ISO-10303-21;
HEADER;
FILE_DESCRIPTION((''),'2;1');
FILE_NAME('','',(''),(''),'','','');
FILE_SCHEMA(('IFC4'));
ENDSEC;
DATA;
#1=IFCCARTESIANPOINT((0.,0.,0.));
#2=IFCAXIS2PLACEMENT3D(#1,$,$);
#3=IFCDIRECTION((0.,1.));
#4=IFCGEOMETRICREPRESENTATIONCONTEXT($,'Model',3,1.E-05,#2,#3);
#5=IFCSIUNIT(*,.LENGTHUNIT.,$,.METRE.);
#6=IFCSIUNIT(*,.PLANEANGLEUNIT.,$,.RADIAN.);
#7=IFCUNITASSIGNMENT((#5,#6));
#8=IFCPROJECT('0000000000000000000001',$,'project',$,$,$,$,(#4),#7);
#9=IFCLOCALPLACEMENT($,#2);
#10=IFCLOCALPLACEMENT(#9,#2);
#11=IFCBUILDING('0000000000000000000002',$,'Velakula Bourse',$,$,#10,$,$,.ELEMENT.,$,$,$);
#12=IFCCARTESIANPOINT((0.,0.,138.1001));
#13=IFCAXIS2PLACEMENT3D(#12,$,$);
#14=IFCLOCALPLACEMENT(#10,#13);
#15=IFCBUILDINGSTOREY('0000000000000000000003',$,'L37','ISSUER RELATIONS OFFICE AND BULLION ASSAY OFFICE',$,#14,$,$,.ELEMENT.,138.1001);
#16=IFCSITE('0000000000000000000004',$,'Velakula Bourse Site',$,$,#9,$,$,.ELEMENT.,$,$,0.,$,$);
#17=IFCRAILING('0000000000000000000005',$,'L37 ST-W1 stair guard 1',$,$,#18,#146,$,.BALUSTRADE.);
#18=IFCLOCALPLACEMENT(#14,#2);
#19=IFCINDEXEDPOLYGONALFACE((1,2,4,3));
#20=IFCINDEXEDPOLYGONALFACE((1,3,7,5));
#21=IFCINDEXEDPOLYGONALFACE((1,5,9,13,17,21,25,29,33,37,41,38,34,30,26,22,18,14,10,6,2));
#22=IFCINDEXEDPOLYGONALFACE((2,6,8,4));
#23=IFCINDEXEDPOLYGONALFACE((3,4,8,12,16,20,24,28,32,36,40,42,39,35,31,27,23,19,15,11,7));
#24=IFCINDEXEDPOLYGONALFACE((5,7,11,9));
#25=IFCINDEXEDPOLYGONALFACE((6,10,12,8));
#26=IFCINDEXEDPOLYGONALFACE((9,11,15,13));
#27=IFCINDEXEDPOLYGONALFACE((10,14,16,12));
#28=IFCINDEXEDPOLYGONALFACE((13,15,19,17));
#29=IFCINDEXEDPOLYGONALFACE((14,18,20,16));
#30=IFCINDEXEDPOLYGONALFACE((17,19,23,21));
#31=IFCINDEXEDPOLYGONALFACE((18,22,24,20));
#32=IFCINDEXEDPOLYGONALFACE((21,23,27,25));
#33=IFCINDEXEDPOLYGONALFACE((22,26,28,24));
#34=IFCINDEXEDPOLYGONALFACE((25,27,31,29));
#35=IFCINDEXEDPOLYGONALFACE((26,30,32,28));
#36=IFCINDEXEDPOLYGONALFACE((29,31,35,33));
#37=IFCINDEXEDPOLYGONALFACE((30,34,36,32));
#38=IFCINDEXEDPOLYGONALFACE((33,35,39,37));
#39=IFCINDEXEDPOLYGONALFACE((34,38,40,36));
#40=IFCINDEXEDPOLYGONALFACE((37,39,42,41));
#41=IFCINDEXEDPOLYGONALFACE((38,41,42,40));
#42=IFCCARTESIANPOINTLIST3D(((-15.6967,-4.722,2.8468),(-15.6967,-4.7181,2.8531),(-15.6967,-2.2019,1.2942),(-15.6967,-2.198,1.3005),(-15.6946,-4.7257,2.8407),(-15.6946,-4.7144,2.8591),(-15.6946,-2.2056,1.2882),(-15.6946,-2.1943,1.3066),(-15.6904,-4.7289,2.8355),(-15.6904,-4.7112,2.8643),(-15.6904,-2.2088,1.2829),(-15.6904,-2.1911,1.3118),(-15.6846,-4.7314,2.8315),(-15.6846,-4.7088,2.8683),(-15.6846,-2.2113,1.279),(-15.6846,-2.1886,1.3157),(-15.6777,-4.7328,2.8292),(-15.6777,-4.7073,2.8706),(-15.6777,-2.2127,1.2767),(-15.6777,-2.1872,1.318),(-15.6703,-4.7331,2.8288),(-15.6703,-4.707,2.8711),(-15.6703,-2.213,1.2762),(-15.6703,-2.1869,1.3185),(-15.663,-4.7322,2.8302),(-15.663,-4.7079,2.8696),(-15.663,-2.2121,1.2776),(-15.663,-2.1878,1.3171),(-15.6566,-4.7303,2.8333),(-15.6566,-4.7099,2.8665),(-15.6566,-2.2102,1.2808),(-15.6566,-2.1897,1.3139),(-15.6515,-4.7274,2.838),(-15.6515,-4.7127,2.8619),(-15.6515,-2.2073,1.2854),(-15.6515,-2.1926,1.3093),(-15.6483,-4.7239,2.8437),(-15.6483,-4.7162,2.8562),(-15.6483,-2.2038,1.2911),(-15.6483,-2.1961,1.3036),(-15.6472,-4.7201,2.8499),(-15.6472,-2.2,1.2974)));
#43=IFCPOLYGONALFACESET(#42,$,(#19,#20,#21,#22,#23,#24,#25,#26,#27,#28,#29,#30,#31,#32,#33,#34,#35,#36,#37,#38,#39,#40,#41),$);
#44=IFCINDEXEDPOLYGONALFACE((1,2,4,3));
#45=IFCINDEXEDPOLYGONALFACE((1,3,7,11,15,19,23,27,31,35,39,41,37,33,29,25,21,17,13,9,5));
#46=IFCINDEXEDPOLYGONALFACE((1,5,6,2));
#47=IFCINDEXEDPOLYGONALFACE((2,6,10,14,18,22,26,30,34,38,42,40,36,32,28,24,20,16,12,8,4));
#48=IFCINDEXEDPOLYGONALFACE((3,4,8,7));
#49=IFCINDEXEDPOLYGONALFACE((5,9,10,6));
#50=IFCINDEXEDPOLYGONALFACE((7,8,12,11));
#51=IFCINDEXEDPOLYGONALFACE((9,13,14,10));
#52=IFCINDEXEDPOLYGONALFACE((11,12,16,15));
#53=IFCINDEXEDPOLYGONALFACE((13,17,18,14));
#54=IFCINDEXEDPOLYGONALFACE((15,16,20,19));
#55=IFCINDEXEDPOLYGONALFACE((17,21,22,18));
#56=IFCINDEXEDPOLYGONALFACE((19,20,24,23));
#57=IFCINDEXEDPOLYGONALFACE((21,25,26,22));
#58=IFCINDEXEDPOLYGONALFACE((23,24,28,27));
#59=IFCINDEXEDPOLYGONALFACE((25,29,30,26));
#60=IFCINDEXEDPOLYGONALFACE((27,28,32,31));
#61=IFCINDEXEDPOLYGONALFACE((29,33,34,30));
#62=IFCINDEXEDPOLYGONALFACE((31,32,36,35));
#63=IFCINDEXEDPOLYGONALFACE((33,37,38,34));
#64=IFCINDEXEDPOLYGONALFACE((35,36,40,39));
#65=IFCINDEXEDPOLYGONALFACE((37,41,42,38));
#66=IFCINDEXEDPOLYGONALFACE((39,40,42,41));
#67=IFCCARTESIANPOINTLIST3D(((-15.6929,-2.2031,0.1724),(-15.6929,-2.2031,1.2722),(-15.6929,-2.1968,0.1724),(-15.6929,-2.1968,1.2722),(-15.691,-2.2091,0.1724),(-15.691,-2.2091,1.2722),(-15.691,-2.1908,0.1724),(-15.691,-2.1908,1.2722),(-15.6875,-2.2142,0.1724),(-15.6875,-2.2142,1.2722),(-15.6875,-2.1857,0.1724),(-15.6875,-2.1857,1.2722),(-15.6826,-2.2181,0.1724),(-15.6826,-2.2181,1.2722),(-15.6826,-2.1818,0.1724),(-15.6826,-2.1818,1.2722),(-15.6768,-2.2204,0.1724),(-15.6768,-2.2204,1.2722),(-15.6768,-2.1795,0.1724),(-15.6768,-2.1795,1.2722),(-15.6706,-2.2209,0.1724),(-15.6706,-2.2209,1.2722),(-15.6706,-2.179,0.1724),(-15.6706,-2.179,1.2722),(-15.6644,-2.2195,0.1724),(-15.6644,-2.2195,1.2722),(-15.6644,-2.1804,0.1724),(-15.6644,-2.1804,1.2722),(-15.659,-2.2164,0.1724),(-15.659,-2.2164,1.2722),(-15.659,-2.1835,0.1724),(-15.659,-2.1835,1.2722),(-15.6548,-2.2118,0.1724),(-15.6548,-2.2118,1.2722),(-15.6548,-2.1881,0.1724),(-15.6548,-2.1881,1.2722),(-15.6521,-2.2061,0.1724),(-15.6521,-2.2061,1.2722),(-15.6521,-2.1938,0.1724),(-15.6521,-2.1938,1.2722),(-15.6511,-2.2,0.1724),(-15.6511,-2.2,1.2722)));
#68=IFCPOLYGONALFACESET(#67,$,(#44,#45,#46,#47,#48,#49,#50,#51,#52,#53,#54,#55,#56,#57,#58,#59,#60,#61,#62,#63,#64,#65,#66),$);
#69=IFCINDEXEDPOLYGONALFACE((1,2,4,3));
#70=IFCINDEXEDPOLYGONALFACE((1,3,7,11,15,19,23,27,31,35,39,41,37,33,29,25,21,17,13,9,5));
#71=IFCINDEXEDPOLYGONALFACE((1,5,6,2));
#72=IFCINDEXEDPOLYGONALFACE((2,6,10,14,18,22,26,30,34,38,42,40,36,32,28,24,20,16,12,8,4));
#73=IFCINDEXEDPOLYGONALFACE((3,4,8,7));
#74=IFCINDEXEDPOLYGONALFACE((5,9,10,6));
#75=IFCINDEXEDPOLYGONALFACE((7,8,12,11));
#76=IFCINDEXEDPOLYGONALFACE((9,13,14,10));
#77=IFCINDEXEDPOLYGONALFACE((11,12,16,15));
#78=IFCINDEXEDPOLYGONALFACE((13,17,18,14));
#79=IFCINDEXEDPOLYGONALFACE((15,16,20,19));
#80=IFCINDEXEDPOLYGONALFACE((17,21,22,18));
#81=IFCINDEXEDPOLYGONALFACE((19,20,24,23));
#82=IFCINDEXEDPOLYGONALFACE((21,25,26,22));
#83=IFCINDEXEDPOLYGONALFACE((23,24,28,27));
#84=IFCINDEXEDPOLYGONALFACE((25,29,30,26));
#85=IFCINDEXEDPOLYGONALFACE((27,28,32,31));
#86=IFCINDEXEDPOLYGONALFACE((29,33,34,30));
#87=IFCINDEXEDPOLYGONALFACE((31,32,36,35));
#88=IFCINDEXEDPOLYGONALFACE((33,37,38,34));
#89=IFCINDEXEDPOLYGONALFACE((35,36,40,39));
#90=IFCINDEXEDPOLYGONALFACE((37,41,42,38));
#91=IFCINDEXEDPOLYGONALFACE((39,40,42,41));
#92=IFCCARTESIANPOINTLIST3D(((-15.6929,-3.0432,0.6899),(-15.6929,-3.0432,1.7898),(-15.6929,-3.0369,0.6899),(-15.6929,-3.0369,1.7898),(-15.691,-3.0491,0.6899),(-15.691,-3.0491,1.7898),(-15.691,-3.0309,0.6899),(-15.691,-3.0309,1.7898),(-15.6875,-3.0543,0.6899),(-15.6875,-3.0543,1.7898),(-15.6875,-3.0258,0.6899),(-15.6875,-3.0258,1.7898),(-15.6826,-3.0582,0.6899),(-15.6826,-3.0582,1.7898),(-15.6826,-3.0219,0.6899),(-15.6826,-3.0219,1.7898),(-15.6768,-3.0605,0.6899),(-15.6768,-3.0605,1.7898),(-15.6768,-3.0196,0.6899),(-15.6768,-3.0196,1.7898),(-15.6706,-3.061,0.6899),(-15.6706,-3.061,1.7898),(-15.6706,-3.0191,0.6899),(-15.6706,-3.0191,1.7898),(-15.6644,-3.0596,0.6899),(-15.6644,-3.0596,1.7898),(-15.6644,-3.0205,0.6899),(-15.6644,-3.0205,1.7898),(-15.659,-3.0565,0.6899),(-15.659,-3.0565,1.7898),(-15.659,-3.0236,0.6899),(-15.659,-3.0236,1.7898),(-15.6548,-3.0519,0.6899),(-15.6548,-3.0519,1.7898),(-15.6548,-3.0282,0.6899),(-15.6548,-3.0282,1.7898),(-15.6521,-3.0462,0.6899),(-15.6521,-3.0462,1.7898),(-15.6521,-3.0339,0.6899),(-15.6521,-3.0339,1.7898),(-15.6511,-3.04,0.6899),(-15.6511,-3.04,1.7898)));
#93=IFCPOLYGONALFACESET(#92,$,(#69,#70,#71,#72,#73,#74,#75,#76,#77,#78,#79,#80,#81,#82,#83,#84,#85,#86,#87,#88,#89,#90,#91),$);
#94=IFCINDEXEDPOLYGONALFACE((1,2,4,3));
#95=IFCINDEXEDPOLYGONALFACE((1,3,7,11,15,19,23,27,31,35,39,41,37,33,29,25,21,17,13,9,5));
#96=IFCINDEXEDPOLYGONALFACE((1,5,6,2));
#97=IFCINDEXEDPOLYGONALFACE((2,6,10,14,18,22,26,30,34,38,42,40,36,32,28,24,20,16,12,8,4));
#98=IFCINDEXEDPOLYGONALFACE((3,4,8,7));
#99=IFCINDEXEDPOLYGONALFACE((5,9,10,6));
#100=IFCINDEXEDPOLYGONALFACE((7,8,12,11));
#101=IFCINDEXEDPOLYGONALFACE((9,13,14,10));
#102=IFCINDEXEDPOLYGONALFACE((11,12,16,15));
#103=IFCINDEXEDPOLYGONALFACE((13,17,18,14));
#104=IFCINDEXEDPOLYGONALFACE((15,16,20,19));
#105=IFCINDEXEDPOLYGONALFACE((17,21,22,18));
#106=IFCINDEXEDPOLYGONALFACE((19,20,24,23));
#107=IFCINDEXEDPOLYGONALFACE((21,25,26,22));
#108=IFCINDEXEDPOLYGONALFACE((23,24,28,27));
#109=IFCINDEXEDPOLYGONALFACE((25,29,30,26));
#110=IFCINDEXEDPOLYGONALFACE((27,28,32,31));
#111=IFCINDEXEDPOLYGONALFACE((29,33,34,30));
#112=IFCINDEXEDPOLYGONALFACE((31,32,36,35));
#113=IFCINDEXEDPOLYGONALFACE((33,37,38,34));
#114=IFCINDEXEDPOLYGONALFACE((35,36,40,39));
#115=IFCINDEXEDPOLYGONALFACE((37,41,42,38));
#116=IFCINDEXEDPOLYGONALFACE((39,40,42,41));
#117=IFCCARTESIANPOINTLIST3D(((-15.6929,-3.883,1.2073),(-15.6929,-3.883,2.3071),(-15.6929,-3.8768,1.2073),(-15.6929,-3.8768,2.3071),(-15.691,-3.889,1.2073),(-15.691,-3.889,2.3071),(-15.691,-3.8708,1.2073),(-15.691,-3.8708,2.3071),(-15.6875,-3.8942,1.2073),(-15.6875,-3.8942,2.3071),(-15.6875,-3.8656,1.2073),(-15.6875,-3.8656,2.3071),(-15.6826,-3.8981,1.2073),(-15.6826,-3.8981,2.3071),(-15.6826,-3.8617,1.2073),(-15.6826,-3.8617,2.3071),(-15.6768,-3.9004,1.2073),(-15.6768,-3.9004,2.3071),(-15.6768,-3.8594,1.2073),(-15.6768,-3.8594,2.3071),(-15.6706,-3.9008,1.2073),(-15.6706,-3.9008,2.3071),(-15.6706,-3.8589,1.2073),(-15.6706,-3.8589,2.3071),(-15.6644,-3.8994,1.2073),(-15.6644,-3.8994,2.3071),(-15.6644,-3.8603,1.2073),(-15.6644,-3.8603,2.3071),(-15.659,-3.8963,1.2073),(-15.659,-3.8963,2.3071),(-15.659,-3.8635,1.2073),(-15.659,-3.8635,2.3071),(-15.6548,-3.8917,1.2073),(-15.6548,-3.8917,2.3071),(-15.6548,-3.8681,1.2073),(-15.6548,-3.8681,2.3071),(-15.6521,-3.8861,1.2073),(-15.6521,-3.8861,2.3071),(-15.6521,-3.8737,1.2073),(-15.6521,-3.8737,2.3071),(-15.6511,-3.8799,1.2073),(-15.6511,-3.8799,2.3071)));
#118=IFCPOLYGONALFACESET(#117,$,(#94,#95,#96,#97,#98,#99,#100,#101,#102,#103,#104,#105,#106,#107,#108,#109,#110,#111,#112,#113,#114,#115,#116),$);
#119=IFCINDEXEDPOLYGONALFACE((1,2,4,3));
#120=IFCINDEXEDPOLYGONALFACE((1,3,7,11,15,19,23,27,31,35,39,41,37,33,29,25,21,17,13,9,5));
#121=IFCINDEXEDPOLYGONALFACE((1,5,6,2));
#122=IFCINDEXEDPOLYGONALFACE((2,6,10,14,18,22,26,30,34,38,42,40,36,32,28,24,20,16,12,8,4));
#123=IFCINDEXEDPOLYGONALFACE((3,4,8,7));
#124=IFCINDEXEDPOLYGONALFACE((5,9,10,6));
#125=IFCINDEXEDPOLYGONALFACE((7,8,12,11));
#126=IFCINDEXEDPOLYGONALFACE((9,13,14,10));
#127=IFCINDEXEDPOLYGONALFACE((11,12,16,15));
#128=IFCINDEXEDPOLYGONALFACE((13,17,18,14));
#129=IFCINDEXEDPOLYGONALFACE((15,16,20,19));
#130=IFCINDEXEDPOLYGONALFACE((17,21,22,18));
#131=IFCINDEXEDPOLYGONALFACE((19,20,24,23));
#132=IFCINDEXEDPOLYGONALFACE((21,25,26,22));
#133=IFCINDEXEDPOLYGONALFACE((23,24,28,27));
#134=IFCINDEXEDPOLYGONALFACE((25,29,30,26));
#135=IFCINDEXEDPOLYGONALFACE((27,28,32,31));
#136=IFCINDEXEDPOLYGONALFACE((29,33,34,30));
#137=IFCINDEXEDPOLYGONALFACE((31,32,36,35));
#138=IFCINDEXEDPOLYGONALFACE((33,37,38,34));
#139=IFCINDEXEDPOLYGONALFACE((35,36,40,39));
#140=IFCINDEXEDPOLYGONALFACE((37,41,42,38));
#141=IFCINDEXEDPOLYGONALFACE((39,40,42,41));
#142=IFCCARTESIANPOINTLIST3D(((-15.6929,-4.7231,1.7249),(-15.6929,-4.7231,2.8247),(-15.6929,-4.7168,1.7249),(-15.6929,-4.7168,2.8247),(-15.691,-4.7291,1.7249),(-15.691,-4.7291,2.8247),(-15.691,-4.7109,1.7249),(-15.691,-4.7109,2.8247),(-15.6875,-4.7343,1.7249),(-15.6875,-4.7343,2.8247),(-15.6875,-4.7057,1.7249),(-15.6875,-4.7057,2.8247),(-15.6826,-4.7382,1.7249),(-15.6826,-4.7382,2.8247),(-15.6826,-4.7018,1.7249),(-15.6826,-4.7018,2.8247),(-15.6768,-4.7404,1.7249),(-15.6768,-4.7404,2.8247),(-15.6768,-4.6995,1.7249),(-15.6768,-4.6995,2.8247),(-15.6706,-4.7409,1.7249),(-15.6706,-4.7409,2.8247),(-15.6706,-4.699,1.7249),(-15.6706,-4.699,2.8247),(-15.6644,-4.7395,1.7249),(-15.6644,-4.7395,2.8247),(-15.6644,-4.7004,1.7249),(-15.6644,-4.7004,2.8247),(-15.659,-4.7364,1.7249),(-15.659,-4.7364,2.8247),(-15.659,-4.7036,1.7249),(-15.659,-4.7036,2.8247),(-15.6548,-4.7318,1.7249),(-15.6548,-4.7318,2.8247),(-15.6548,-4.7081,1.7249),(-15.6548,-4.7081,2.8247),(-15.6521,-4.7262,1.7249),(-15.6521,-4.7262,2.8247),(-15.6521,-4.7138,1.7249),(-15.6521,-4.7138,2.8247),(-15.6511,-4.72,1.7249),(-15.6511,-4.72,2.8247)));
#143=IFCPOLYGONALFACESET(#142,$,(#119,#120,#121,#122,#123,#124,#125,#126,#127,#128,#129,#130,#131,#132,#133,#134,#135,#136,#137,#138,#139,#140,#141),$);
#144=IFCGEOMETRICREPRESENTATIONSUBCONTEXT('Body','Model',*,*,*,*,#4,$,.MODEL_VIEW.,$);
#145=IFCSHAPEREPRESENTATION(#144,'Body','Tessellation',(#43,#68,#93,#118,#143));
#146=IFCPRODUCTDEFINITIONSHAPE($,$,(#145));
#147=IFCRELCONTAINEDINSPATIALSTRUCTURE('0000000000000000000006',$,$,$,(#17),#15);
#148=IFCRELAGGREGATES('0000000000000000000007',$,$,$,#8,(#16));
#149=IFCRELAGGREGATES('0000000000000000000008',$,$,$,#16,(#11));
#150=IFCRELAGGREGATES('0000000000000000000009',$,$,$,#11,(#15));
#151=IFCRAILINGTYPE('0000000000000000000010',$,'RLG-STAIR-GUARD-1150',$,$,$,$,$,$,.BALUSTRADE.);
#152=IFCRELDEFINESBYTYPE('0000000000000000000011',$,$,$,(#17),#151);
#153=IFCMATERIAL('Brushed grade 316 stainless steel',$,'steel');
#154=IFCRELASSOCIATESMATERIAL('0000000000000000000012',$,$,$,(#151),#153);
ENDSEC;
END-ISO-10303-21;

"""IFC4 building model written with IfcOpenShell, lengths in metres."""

from ifc_helpers import new_model, si_unit, direction, frame, origin, origin_2d, place, context, subcontext, project, spatial, circle, extrude, material, type_object, element, save


model = new_model("IFC4")

# Units and contexts
model_context = context("Model", 3, precision=1e-05, world=origin(), true_north=direction((0.0, 1.0)))
body_context = subcontext(model_context, "Body", "Model", "MODEL_VIEW")
ifc_project = project(units=[si_unit("LENGTHUNIT", "METRE"), si_unit("PLANEANGLEUNIT", "RADIAN")], contexts=[model_context])

# Site, building, storey
site_placement = place(None, origin())
site = spatial("IfcSite", under=ifc_project, at=site_placement, Name="Velakula Bourse Site", CompositionType="ELEMENT", RefElevation=0.0)
building_placement = place(site_placement, origin())
building = spatial("IfcBuilding", under=site, at=building_placement, Name="Velakula Bourse", CompositionType="ELEMENT")
storey_placement = place(building_placement, frame((0.0, 0.0, 138.1001)))
storey = spatial("IfcBuildingStorey", under=building, at=storey_placement, Name="L37", Description="ISSUER RELATIONS OFFICE AND BULLION ASSAY OFFICE", CompositionType="ELEMENT", Elevation=138.1001)

# Shared definitions
ifc_material_1 = material(Name="Brushed grade 316 stainless steel", Category="steel")

# Railing
railing_type_1 = type_object("IfcRailingType", Name="RLG-STAIR-GUARD-1150", PredefinedType="BALUSTRADE", material=ifc_material_1)
railing_1_placement = place(storey_placement, frame((-15.6721, -2.2, 0.1724)))
element("IfcRailing", 1, at=railing_1_placement, inside=storey, type_object=railing_type_1, Name="L37 ST-W1 stair guard 1", PredefinedType="BALUSTRADE", context=body_context, shape_type="SweptSolid", body=[
    extrude(circle(Radius=0.0249, at=origin_2d()), frame((0.0, 0.0, 1.125), z_axis=(0.0, -0.8514, 0.524516), x_axis=(1.0, 0.0, 0.0)), (0.0, 0.0, 1.0), 2.96),
    extrude(circle(Radius=0.021, at=origin_2d()), origin(), (0.0, 0.0, 1.0), 1.0999),
    extrude(circle(Radius=0.021, at=origin_2d()), frame((0.0, -0.8401, 0.5176)), (0.0, 0.0, 1.0), 1.0999),
    extrude(circle(Radius=0.021, at=origin_2d()), frame((0.0, -1.6799, 1.0349)), (0.0, 0.0, 1.0), 1.0999),
    extrude(circle(Radius=0.021, at=origin_2d()), frame((0.0, -2.52, 1.5525)), (0.0, 0.0, 1.0), 1.0999),
])

save(model, "model.ifc")
